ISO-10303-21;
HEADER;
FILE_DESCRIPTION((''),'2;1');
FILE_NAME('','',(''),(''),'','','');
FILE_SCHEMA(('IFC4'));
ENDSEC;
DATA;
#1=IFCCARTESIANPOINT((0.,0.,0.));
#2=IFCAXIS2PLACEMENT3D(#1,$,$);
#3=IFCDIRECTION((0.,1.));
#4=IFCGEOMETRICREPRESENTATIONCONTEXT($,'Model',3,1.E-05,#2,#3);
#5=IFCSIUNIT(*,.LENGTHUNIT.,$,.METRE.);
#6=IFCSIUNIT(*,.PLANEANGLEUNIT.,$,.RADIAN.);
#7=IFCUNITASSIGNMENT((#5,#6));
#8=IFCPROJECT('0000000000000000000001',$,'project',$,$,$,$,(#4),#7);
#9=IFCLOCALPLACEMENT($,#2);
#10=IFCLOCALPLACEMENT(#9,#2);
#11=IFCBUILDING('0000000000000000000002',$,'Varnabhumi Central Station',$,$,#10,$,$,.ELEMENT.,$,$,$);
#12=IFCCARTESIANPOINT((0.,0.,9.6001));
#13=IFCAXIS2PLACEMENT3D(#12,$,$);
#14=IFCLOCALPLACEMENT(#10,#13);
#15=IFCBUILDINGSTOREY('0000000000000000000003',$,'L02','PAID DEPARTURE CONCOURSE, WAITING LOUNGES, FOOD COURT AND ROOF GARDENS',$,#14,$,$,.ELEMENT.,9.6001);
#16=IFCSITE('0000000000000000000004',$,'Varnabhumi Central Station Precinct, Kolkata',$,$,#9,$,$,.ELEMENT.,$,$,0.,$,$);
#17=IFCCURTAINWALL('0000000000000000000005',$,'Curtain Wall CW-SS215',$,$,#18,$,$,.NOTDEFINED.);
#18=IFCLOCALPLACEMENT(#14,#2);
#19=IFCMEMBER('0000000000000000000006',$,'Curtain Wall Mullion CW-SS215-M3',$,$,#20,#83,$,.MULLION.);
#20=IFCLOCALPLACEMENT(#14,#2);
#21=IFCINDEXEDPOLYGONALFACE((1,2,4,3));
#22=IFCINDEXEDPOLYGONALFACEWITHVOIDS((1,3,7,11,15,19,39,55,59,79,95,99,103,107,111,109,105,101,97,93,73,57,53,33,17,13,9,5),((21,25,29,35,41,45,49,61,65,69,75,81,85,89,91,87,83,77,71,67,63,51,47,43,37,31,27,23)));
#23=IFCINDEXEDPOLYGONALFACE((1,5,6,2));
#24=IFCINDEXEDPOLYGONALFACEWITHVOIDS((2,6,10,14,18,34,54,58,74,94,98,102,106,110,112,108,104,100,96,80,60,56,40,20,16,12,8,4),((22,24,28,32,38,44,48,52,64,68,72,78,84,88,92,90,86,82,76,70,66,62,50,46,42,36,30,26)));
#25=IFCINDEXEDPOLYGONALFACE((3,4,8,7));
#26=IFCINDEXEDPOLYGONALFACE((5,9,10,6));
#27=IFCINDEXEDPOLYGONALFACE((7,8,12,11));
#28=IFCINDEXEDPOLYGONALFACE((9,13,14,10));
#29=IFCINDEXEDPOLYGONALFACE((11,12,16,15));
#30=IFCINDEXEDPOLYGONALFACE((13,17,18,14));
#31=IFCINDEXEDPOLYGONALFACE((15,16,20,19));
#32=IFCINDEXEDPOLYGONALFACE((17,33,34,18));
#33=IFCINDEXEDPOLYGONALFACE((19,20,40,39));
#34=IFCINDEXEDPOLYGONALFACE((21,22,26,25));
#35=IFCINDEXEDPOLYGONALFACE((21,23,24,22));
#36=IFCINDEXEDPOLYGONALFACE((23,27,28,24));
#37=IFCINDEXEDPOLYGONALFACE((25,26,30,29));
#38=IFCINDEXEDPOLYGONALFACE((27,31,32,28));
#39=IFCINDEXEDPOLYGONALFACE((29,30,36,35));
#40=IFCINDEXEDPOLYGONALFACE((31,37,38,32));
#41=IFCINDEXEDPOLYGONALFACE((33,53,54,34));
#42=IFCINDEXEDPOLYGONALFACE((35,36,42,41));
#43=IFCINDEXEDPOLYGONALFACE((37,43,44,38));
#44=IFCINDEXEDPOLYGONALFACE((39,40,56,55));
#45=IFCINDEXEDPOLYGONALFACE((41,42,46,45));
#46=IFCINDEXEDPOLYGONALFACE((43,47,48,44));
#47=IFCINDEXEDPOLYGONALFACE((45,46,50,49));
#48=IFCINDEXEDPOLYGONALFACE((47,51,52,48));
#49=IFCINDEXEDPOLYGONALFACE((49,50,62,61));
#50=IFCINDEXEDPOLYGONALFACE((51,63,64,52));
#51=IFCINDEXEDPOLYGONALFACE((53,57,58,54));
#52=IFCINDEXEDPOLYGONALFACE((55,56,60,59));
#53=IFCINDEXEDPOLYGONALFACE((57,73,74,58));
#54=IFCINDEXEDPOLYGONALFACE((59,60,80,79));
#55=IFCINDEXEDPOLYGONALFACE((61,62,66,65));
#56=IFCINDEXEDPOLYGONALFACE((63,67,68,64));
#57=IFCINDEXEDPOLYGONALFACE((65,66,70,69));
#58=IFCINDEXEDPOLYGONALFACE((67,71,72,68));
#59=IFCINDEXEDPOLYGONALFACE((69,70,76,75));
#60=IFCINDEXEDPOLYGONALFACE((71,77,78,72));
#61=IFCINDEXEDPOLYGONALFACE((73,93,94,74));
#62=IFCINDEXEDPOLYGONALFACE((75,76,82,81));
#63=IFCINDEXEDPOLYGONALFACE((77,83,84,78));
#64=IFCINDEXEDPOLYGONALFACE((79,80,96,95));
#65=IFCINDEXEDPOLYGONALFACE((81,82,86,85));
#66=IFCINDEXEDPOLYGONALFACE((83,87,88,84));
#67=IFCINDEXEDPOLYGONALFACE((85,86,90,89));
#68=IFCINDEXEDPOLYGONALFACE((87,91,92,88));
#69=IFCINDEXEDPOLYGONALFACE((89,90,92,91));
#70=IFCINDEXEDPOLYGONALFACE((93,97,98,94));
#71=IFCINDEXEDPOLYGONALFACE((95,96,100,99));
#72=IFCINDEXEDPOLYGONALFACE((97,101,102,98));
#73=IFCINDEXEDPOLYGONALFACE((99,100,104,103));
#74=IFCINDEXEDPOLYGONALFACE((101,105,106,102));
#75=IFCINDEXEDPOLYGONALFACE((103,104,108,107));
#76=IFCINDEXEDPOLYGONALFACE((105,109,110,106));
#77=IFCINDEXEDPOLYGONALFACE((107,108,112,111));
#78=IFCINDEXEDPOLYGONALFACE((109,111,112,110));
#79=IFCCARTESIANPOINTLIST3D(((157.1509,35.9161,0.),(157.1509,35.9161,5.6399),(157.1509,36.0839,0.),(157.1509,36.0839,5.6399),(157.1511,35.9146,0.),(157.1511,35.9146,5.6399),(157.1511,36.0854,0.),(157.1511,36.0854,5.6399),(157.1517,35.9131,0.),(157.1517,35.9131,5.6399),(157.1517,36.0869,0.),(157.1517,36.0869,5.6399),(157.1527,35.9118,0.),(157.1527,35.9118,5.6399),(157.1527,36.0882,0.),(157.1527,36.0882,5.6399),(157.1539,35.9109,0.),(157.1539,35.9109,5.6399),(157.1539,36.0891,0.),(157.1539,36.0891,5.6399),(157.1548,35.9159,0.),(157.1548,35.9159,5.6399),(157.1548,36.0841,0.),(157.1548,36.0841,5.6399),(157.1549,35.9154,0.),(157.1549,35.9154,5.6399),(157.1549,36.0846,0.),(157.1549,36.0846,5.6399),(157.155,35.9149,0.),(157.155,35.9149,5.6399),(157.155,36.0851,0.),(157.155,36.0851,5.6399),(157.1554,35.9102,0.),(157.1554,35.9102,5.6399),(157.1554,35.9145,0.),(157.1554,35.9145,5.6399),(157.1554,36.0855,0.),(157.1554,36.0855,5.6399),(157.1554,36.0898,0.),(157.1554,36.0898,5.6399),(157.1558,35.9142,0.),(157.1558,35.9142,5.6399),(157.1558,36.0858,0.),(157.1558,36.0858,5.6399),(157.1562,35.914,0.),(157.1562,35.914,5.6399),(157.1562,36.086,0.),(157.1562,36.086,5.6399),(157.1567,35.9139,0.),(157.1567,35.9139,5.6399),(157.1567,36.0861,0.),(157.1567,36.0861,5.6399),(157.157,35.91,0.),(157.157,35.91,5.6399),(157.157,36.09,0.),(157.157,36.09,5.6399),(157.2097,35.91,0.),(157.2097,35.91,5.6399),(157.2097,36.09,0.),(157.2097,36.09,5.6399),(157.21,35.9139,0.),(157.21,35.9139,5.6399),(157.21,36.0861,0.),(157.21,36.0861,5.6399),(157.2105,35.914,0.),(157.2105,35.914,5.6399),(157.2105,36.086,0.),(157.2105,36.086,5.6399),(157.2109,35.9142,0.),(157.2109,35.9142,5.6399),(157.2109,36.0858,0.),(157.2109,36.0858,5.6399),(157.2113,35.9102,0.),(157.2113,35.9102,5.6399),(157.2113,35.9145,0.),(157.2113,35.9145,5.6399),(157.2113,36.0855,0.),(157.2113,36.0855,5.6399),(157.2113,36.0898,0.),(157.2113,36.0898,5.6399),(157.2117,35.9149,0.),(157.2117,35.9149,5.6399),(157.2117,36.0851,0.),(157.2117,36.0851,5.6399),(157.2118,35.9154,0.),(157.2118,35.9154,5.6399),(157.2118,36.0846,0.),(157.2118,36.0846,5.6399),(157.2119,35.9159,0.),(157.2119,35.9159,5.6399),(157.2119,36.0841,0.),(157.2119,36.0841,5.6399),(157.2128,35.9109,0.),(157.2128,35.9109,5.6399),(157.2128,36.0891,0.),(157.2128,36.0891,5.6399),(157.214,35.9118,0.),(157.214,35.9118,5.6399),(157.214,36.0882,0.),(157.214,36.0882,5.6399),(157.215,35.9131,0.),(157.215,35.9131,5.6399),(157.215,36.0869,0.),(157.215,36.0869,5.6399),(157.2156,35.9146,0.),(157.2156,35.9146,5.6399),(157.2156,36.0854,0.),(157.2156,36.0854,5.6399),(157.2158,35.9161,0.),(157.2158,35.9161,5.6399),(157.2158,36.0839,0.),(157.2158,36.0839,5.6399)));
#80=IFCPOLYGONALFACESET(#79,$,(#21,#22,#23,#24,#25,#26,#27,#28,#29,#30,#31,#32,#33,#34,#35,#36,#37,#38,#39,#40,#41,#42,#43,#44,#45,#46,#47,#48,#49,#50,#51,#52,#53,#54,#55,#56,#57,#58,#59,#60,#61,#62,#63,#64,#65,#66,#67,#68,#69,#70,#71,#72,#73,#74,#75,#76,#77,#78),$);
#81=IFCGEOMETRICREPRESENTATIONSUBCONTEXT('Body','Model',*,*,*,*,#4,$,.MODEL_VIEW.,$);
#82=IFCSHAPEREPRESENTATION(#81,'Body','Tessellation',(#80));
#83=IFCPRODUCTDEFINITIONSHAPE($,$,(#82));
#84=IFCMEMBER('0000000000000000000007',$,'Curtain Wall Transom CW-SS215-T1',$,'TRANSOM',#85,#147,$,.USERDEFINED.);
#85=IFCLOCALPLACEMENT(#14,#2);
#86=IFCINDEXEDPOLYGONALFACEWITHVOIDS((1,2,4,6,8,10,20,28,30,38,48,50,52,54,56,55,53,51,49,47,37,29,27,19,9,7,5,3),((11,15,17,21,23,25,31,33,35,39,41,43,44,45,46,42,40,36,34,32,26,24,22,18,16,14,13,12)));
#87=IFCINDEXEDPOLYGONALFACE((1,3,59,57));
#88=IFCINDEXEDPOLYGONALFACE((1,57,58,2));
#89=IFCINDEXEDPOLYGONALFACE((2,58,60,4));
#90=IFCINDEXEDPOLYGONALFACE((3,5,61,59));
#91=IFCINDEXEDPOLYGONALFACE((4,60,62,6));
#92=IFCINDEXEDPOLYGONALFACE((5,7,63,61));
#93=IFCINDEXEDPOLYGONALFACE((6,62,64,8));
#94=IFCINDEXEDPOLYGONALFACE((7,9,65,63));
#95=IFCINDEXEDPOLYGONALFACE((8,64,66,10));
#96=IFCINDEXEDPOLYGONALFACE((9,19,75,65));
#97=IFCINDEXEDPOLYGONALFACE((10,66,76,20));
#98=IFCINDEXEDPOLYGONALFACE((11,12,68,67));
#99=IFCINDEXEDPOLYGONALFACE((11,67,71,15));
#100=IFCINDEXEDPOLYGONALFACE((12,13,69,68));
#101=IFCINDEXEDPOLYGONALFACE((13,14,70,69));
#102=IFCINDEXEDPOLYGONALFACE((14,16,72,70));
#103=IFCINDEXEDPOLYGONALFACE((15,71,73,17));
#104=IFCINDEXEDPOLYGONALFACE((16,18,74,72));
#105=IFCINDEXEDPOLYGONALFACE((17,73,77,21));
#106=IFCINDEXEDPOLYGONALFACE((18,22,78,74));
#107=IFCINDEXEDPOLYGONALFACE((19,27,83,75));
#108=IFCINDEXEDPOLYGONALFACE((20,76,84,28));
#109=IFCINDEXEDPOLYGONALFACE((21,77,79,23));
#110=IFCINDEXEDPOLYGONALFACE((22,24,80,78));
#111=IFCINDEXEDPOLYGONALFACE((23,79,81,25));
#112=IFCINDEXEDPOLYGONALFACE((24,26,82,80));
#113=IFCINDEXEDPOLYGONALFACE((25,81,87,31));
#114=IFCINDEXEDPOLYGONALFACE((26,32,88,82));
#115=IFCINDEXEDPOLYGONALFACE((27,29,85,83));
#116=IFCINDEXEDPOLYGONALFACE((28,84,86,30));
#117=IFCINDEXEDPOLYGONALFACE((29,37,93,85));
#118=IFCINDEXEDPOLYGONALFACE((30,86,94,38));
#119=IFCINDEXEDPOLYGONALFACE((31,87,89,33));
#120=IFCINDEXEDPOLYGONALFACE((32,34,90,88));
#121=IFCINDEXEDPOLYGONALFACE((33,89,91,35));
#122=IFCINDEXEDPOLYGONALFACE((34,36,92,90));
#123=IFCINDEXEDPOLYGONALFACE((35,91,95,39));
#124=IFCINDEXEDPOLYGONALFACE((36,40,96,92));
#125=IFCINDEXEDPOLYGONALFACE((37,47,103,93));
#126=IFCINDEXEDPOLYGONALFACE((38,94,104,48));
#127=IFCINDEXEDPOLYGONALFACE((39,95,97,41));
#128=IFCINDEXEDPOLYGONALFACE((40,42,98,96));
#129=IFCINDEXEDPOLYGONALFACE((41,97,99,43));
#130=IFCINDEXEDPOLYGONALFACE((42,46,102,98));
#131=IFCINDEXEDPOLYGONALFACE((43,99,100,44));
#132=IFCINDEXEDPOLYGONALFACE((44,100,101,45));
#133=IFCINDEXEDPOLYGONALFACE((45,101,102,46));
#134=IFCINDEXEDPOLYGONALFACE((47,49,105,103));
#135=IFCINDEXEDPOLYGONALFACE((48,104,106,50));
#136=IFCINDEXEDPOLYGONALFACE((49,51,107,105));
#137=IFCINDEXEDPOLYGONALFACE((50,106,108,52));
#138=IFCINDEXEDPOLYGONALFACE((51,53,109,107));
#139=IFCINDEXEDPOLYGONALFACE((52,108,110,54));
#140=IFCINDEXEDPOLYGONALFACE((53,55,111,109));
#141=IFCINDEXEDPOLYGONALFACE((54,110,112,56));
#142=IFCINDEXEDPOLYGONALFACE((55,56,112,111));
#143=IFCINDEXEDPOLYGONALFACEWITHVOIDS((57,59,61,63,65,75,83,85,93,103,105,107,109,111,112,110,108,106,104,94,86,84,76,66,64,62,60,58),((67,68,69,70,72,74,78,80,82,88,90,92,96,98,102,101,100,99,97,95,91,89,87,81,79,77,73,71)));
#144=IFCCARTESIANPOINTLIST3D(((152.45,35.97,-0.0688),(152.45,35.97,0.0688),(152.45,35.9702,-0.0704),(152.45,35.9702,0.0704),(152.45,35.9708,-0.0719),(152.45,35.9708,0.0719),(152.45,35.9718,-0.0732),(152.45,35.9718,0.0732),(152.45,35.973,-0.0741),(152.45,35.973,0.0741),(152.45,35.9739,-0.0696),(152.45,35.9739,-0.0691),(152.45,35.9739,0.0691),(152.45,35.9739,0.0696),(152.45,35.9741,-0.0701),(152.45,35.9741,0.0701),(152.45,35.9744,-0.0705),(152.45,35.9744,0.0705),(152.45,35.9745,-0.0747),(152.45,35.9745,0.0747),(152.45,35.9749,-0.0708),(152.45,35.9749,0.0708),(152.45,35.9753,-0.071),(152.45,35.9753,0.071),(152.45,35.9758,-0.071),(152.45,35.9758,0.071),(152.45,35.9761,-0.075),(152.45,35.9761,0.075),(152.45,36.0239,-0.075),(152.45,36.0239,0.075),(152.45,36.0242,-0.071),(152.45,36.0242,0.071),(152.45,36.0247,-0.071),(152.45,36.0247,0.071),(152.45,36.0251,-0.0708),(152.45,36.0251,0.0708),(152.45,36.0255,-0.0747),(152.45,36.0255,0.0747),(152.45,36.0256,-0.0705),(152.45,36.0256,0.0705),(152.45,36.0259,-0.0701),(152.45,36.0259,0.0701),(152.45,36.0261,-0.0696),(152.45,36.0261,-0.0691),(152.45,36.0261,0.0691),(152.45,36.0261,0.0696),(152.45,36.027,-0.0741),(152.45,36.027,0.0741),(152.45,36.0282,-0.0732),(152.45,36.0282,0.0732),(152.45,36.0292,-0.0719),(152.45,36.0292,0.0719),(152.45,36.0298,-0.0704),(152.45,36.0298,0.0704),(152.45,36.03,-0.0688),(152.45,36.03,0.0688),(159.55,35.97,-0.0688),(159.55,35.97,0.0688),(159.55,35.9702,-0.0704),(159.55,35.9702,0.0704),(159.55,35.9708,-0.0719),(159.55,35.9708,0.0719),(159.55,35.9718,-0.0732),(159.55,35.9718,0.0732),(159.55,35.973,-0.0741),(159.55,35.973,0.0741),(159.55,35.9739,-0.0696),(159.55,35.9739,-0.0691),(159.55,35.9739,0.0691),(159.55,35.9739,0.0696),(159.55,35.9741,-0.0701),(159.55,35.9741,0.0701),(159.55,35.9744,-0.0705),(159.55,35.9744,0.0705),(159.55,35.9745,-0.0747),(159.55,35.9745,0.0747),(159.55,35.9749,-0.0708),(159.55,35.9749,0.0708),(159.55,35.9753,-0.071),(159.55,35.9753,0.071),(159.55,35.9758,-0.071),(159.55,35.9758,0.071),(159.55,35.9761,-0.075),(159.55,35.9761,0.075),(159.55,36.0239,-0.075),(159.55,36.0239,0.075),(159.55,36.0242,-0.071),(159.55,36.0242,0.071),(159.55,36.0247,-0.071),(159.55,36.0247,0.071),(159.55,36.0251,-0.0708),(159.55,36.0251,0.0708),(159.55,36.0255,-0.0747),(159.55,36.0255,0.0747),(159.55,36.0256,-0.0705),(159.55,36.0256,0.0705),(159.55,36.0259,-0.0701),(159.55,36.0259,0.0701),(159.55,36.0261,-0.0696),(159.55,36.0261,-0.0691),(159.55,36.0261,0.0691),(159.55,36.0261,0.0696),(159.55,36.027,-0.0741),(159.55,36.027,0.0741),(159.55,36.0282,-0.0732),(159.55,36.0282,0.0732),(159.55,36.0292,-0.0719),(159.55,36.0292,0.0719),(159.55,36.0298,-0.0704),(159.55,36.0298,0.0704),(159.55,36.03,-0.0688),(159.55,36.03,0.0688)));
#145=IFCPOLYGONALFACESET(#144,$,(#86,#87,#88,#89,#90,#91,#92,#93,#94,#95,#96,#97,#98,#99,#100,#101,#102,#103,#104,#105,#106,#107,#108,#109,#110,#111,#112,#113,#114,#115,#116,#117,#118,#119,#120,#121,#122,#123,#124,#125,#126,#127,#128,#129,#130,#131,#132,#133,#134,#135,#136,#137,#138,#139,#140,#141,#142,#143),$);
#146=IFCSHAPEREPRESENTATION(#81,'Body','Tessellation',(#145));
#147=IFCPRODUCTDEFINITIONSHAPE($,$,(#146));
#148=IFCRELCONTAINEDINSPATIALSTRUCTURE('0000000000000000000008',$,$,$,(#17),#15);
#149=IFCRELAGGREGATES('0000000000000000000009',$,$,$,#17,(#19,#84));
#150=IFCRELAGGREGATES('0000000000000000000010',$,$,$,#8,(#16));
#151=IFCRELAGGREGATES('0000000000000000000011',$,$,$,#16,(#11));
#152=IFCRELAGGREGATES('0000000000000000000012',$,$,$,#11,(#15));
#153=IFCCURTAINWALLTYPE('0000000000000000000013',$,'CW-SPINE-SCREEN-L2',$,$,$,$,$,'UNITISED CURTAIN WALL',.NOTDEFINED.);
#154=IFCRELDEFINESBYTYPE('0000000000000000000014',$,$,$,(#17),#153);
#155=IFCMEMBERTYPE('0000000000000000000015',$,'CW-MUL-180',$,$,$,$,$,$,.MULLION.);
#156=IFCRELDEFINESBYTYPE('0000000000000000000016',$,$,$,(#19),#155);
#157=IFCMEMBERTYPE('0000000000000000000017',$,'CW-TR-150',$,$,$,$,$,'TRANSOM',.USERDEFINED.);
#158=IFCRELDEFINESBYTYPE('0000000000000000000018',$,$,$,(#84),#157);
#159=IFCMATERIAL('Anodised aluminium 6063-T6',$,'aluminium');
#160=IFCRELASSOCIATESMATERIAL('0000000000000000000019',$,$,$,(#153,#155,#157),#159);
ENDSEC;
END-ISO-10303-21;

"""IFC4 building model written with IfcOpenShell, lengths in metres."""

from ifc_helpers import new_model, si_unit, direction, frame, origin, origin_2d, place, context, subcontext, project, spatial, hollow_rectangle, extrude, material, material_profile, profile_set, type_object, element, aggregate, save


model = new_model("IFC4")

# Units and contexts
model_context = context("Model", 3, precision=1e-05, world=origin(), true_north=direction((0.0, 1.0)))
body_context = subcontext(model_context, "Body", "Model", "MODEL_VIEW")
ifc_project = project(units=[si_unit("LENGTHUNIT", "METRE"), si_unit("PLANEANGLEUNIT", "RADIAN")], contexts=[model_context])

# Site, building, storey
site_placement = place(None, origin())
site = spatial("IfcSite", under=ifc_project, at=site_placement, Name="Varnabhumi Central Station Precinct, Kolkata", CompositionType="ELEMENT", RefElevation=0.0)
building_placement = place(site_placement, origin())
building = spatial("IfcBuilding", under=site, at=building_placement, Name="Varnabhumi Central Station", CompositionType="ELEMENT")
storey_placement = place(building_placement, frame((0.0, 0.0, 9.6001)))
storey = spatial("IfcBuildingStorey", under=building, at=storey_placement, Name="L02", Description="PAID DEPARTURE CONCOURSE, WAITING LOUNGES, FOOD COURT AND ROOF GARDENS", CompositionType="ELEMENT", Elevation=9.6001)

# Curtain wall, members
ifc_material_1 = material(Name="Anodised aluminium 6063-T6", Category="aluminium")
curtain_wall_type = type_object("IfcCurtainWallType", Name="CW-SPINE-SCREEN-L2", ElementType="UNITISED CURTAIN WALL", PredefinedType="NOTDEFINED", material=ifc_material_1)
curtain_wall_placement = place(storey_placement, origin())
curtain_wall = element("IfcCurtainWall", 1, at=curtain_wall_placement, inside=storey, type_object=curtain_wall_type, Name="Curtain Wall CW-SS215", PredefinedType="NOTDEFINED")
ifc_material_profile_1 = material_profile(ifc_material_1, hollow_rectangle(XDim=0.0649, YDim=0.1799, WallThickness=0.0039, InnerFilletRadius=0.002, OuterFilletRadius=0.0061, at=origin_2d()), Name="Anodised aluminium 6063-T6", Category="aluminium")
ifc_profile_set_1 = profile_set([ifc_material_profile_1], Name="Anodised aluminium 6063-T6")
member_type_1 = type_object("IfcMemberType", Name="CW-MUL-180", PredefinedType="MULLION", material=ifc_profile_set_1)
member_1_placement = place(storey_placement, frame((157.1833, 36.0, 0.0), z_axis=(0.0, 0.0, 1.0), x_axis=(1.0, 0.0, 0.0)))
member_1 = element("IfcMember", 2, at=member_1_placement, type_object=member_type_1, Name="Curtain Wall Mullion CW-SS215-M3", PredefinedType="MULLION", context=body_context, shape_type="SweptSolid", body=[
    extrude(hollow_rectangle(XDim=0.0649, YDim=0.1799, WallThickness=0.0039, InnerFilletRadius=0.002, OuterFilletRadius=0.0061, at=origin_2d()), origin(), (0.0, 0.0, 1.0), 5.6399),
])
ifc_material_profile_2 = material_profile(ifc_material_1, hollow_rectangle(XDim=0.0601, YDim=0.1499, WallThickness=0.0039, InnerFilletRadius=0.002, OuterFilletRadius=0.0061, at=origin_2d()), Name="Anodised aluminium 6063-T6", Category="aluminium")
ifc_profile_set_2 = profile_set([ifc_material_profile_2], Name="Anodised aluminium 6063-T6")
member_type_2 = type_object("IfcMemberType", Name="CW-TR-150", ElementType="TRANSOM", PredefinedType="USERDEFINED", material=ifc_profile_set_2)
member_2_placement = place(storey_placement, frame((152.45, 36.0, 0.0), z_axis=(1.0, 0.0, 0.0), x_axis=(0.0, 1.0, 0.0)))
member_2 = element("IfcMember", 3, at=member_2_placement, type_object=member_type_2, Name="Curtain Wall Transom CW-SS215-T1", ObjectType="TRANSOM", PredefinedType="USERDEFINED", context=body_context, shape_type="SweptSolid", body=[
    extrude(hollow_rectangle(XDim=0.0601, YDim=0.1499, WallThickness=0.0039, InnerFilletRadius=0.002, OuterFilletRadius=0.0061, at=origin_2d()), origin(), (0.0, 0.0, 1.0), 7.1001),
])
aggregate(curtain_wall, [member_1, member_2])

save(model, "model.ifc")
